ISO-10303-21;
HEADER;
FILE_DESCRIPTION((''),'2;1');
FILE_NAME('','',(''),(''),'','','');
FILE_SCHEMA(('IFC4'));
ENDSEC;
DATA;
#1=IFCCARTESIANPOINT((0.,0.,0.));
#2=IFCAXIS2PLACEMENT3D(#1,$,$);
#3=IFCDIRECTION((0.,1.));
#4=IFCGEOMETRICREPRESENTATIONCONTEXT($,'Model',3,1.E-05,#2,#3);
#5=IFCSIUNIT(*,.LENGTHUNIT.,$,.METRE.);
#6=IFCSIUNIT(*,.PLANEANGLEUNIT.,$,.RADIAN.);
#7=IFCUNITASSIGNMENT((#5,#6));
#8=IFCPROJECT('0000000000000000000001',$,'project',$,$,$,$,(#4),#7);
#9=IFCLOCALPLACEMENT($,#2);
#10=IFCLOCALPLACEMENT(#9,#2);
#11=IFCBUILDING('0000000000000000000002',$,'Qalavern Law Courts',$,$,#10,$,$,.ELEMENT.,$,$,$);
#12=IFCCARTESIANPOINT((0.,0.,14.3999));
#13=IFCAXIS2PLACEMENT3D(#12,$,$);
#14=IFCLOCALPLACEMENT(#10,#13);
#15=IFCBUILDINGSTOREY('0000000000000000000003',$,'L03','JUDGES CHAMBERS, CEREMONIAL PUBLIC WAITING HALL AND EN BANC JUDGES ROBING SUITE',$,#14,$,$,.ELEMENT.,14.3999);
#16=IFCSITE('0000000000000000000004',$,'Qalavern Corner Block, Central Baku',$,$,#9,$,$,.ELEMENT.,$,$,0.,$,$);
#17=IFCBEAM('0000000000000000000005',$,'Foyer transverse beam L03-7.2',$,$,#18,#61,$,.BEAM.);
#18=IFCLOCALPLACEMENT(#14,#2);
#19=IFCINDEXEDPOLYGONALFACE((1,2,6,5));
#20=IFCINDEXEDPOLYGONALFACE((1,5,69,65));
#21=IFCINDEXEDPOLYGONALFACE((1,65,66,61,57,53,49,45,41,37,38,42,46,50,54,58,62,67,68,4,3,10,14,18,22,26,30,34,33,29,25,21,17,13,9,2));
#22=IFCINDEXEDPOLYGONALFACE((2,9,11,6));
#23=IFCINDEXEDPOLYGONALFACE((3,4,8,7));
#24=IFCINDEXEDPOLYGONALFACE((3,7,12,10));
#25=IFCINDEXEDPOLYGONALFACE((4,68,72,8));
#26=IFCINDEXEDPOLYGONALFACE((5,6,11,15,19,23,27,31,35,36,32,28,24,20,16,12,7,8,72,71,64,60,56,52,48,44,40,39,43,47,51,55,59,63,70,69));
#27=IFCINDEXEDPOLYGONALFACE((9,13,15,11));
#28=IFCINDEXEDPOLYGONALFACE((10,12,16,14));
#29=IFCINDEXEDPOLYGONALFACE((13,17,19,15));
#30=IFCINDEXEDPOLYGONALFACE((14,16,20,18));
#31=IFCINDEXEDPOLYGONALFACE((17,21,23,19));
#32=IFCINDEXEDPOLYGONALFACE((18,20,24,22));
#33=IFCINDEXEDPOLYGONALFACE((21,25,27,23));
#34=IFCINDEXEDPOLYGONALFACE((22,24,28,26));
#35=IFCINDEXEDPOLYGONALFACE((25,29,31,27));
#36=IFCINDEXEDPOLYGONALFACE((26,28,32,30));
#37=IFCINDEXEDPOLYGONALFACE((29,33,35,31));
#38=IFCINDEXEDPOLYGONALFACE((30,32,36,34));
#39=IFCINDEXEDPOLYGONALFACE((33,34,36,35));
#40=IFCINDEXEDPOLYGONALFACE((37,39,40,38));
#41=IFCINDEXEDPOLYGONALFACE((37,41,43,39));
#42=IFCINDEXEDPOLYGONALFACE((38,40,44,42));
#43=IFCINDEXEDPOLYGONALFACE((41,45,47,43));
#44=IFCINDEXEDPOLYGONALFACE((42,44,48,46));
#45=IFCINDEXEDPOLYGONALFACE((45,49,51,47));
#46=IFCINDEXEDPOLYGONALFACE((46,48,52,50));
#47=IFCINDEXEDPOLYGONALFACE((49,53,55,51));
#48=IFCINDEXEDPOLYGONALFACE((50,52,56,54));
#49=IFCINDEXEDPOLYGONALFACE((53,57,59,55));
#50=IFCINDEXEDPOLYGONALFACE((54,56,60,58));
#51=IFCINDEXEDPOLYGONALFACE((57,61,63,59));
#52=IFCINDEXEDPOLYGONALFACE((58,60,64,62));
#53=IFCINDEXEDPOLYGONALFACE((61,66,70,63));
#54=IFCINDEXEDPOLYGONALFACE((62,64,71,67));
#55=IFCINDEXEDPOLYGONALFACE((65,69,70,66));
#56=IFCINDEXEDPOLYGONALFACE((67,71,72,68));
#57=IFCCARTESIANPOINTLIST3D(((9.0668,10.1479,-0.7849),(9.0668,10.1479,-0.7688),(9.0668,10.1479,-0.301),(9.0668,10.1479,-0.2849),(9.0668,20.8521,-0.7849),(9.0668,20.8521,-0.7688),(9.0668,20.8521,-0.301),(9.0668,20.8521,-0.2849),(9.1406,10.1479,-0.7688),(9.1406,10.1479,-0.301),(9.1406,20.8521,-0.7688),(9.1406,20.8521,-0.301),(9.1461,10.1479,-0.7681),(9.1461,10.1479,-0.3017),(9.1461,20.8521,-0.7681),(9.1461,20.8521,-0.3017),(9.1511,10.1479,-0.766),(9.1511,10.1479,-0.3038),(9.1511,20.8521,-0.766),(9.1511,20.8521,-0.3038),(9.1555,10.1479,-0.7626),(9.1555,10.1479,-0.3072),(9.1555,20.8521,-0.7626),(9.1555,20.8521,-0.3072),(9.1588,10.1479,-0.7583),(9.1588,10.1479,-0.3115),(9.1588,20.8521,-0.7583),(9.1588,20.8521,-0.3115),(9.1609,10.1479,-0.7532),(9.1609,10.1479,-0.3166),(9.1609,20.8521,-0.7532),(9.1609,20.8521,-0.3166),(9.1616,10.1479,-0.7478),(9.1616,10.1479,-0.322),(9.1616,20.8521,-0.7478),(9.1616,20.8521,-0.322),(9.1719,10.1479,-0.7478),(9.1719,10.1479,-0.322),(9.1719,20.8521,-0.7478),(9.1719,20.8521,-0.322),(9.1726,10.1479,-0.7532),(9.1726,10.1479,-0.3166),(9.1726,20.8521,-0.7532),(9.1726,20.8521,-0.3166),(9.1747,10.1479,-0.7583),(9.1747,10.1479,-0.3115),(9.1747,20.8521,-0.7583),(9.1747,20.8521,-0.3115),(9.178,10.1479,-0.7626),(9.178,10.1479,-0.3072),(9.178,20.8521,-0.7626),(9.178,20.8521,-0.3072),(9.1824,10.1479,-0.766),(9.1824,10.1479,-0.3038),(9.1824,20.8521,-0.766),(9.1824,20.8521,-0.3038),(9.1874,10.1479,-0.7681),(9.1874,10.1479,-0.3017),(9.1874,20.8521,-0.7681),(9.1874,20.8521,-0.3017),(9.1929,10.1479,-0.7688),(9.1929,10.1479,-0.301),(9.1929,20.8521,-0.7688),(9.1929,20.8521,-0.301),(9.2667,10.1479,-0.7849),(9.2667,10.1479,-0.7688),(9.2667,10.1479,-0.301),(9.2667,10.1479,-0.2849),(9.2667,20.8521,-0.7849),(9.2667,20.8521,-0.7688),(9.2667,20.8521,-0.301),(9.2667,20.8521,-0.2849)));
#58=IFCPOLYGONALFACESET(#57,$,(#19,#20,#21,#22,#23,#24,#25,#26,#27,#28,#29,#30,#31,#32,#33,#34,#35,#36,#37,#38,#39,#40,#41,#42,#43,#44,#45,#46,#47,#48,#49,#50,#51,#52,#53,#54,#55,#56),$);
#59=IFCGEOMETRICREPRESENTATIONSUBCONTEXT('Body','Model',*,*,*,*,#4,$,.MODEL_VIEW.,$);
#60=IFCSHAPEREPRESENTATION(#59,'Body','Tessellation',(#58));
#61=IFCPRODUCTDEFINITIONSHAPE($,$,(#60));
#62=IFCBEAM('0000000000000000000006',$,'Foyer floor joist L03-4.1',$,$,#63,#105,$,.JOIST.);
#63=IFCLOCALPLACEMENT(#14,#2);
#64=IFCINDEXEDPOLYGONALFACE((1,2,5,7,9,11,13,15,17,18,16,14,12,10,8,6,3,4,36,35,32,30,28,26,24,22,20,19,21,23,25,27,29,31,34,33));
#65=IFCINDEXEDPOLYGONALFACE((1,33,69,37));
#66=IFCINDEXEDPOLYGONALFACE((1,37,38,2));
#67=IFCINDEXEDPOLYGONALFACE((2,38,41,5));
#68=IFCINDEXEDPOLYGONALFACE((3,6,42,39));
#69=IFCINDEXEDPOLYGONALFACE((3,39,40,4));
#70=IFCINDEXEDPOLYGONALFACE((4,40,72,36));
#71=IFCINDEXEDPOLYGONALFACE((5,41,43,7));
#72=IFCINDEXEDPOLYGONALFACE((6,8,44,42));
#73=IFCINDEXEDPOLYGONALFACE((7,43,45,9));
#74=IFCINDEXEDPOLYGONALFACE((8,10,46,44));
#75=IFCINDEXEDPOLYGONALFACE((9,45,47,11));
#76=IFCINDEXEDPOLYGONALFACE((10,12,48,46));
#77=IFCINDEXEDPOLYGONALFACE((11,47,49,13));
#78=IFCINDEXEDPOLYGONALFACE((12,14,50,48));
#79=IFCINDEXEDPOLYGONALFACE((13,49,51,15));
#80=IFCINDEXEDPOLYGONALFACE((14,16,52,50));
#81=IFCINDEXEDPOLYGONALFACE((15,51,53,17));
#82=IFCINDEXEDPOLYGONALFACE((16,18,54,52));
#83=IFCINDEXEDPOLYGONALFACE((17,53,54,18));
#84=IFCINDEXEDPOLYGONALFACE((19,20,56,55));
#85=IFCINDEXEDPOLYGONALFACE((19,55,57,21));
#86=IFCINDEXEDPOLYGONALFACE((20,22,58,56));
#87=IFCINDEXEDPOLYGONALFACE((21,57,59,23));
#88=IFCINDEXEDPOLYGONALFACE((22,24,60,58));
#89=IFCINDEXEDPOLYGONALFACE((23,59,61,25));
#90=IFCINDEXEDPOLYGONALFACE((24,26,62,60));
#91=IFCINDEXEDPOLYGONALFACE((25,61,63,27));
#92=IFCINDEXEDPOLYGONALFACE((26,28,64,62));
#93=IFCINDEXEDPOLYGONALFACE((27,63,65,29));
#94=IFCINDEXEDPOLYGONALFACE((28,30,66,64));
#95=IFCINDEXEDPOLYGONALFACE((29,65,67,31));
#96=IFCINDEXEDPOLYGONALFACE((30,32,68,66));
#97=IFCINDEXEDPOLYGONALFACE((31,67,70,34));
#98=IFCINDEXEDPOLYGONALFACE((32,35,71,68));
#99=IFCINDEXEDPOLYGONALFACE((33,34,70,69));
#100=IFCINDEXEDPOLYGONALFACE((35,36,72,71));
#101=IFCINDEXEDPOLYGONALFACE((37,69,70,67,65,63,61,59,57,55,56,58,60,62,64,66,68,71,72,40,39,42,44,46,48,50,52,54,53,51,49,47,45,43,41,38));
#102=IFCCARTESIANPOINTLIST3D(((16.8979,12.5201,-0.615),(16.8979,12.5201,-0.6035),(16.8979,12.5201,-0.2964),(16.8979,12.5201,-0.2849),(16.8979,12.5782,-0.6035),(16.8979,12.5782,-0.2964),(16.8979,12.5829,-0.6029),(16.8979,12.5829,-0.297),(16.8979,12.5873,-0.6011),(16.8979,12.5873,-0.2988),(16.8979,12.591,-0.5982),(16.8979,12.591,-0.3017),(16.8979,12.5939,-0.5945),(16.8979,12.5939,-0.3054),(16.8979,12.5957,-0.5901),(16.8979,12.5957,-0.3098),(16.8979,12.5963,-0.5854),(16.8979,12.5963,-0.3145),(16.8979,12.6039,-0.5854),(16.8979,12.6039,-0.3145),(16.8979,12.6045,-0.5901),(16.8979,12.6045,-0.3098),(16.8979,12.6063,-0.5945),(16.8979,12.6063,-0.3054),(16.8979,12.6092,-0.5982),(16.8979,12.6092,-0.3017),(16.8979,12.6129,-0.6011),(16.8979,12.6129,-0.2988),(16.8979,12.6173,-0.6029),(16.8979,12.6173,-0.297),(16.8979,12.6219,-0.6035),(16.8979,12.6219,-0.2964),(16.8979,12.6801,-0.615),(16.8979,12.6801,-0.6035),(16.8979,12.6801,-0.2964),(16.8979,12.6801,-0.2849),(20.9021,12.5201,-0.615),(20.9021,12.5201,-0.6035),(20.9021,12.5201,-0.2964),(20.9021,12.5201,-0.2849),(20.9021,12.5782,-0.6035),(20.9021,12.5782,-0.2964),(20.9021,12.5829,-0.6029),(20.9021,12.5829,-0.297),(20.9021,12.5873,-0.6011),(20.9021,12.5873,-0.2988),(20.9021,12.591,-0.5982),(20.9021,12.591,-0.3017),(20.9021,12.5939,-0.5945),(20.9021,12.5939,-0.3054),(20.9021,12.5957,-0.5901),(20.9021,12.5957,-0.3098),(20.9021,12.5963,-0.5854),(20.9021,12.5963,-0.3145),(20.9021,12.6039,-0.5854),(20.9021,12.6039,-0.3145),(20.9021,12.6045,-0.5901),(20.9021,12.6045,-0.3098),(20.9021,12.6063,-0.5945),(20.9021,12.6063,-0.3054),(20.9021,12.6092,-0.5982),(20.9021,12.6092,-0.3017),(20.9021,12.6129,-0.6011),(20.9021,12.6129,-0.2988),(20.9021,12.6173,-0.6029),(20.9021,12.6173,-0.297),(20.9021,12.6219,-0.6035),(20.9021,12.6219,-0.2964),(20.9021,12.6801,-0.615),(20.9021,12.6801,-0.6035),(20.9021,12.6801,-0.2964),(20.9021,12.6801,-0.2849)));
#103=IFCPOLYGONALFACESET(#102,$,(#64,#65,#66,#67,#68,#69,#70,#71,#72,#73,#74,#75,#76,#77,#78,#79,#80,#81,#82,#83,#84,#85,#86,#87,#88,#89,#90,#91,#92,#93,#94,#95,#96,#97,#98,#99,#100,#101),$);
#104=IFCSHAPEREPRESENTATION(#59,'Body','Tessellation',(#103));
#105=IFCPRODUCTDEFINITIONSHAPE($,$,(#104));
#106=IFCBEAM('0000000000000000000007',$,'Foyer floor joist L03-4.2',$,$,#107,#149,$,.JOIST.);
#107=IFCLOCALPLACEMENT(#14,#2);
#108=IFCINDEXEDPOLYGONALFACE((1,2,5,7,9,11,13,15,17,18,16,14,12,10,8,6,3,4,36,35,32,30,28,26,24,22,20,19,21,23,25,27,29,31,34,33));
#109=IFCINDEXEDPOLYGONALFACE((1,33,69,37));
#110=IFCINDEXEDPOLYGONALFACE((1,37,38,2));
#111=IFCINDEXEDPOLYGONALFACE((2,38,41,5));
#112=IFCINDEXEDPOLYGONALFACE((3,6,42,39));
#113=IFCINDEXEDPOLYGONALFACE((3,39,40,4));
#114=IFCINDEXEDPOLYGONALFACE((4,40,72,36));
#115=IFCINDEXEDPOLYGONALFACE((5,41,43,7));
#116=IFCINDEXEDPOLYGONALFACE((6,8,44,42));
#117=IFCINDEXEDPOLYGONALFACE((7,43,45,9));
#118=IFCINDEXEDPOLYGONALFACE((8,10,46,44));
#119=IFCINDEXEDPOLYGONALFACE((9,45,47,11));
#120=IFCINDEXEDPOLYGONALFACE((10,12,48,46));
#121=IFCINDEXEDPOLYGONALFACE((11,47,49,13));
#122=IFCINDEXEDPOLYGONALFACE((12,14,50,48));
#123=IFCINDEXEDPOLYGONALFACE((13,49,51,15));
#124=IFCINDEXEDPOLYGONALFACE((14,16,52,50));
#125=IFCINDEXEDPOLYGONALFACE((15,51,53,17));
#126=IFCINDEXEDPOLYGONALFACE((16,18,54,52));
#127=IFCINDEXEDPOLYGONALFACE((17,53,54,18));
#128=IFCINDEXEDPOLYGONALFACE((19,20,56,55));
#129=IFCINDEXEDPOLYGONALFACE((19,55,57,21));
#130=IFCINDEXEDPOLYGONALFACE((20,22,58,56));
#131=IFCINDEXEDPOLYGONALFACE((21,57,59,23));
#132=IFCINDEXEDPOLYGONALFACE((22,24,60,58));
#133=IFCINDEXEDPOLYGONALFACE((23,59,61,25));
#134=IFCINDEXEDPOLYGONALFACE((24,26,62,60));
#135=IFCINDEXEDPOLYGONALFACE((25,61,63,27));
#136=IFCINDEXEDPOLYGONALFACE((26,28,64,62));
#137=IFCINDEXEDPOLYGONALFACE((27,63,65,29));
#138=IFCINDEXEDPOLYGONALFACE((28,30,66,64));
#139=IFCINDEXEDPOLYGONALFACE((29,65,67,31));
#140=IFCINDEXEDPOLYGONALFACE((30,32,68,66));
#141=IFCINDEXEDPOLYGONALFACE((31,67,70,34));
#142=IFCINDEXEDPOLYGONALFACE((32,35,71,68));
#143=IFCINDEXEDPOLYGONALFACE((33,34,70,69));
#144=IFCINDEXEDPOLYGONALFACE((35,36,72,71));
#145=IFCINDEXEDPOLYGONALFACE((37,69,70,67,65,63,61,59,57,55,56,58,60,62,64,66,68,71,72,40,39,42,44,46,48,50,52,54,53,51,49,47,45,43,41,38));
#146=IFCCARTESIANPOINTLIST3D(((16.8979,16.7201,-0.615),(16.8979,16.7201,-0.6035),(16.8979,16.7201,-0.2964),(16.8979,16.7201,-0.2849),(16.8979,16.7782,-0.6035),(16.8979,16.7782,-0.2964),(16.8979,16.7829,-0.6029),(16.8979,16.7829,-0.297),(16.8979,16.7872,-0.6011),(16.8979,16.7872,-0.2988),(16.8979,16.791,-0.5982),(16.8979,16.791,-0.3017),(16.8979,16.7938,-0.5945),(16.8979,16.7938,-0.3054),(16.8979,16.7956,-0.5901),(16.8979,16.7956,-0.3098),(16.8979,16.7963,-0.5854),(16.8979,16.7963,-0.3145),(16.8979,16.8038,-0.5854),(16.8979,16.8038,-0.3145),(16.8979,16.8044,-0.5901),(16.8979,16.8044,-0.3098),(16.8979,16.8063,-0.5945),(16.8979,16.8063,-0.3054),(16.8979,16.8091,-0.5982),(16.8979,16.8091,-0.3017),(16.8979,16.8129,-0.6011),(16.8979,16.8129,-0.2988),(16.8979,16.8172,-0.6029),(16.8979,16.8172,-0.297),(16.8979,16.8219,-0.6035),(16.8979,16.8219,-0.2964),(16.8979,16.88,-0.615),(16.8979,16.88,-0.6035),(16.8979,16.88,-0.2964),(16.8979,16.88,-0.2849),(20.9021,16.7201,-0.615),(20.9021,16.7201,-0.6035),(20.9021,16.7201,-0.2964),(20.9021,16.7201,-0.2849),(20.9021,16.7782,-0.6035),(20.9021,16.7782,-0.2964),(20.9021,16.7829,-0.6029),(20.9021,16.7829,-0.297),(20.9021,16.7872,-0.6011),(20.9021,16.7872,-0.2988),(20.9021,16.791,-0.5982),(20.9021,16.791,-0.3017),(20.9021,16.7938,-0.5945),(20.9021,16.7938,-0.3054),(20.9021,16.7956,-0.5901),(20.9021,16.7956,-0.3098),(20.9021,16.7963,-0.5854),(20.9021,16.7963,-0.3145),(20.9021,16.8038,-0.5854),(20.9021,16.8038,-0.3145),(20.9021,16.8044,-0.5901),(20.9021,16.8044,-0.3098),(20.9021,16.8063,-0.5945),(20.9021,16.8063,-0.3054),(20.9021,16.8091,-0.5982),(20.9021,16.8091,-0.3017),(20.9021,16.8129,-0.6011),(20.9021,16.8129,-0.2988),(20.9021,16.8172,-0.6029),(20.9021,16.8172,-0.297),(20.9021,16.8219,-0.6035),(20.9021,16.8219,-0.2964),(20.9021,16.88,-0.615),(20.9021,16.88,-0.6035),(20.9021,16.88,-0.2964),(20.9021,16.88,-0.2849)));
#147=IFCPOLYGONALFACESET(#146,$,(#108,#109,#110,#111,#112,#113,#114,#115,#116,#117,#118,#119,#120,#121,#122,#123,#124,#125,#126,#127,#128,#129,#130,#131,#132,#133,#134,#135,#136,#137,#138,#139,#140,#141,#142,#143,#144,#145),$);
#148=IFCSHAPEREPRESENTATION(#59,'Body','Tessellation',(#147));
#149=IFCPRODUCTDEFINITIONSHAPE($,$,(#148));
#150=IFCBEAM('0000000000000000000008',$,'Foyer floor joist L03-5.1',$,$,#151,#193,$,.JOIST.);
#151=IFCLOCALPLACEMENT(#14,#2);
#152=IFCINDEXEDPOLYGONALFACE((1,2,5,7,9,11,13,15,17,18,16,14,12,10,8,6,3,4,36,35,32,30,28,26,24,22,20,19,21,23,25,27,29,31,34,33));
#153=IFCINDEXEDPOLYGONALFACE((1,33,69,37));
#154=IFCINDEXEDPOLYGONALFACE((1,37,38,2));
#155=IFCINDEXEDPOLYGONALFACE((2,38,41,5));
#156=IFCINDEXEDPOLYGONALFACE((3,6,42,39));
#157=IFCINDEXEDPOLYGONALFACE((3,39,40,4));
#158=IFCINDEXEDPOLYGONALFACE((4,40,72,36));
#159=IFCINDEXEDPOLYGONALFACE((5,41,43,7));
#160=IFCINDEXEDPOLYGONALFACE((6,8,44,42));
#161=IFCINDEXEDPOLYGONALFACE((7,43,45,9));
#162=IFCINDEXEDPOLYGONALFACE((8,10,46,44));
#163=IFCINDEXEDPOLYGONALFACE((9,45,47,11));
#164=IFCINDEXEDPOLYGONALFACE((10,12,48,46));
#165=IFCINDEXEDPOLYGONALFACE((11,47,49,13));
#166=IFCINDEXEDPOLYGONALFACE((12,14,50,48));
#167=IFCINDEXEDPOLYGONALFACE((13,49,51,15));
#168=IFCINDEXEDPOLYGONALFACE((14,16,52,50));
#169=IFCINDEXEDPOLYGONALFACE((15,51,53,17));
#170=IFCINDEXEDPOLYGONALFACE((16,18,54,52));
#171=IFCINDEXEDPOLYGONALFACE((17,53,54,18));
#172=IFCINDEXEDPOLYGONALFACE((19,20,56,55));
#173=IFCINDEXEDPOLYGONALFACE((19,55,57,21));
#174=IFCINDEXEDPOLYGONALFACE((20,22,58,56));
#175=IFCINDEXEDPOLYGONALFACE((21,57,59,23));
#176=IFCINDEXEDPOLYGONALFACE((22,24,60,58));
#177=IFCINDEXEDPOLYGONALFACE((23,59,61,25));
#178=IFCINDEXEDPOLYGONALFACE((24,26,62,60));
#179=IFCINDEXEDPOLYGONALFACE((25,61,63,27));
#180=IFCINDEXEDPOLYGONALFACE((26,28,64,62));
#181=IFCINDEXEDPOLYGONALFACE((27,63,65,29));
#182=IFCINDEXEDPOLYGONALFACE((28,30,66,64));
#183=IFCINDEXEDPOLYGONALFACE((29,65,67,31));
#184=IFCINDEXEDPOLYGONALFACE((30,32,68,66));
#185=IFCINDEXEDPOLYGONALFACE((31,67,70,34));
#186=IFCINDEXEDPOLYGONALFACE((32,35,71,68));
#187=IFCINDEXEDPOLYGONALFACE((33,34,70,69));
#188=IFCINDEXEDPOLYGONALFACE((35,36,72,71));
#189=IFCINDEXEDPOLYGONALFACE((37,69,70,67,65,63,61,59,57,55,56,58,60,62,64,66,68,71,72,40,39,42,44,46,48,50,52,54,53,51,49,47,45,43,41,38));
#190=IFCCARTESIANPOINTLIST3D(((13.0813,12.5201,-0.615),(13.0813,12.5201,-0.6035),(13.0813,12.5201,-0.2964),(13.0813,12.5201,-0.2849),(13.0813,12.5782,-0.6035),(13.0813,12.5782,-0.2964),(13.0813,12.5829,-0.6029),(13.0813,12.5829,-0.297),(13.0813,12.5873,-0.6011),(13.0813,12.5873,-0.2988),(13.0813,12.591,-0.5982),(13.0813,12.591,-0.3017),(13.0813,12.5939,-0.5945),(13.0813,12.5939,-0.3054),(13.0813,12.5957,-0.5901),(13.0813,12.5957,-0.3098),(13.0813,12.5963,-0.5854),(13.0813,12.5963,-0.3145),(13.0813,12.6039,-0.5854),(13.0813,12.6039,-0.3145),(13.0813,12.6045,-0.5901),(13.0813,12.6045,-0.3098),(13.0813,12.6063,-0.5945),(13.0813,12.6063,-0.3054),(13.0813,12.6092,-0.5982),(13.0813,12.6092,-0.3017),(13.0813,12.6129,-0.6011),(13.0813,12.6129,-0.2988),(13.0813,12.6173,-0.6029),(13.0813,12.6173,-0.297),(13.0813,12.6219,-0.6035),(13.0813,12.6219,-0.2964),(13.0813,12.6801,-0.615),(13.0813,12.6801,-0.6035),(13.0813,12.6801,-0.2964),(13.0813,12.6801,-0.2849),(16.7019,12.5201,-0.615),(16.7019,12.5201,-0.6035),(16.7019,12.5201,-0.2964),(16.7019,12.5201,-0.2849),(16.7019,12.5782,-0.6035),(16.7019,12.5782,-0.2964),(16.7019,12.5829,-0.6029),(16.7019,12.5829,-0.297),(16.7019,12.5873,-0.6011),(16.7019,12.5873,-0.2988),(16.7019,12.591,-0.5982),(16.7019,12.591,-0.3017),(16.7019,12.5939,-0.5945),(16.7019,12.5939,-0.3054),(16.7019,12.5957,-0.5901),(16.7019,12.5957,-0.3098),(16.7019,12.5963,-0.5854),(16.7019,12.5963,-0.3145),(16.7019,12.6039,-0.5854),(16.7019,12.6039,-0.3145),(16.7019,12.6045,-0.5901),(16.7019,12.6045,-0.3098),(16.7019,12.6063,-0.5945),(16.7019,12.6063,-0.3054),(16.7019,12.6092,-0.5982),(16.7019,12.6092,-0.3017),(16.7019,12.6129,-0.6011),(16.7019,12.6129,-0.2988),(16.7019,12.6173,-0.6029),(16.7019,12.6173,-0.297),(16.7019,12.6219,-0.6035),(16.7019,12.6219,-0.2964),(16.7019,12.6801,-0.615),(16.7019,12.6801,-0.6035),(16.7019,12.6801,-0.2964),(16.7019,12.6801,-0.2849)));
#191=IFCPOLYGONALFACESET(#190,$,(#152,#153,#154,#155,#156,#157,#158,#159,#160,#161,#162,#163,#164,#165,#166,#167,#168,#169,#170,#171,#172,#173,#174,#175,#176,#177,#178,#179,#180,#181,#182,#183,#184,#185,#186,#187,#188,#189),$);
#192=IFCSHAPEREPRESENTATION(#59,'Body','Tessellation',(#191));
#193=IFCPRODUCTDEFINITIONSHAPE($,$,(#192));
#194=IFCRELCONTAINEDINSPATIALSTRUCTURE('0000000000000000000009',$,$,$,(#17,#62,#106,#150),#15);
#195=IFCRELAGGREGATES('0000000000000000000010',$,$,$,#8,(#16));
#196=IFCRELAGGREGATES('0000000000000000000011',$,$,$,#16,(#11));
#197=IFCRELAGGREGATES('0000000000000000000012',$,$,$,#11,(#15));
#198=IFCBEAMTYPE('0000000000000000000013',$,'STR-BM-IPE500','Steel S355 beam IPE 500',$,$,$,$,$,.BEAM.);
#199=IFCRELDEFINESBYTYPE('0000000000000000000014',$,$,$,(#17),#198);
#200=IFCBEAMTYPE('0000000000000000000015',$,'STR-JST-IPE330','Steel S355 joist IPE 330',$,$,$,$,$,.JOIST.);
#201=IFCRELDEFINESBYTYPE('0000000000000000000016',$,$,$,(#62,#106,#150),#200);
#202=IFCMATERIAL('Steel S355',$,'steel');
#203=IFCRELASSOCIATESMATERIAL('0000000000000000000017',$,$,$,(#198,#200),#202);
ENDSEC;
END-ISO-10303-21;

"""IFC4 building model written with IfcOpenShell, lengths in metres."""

from ifc_helpers import new_model, si_unit, direction, frame, origin, origin_2d, place, context, subcontext, project, spatial, i_section, extrude, material, material_profile, profile_set, type_object, element, save


model = new_model("IFC4")

# Units and contexts
model_context = context("Model", 3, precision=1e-05, world=origin(), true_north=direction((0.0, 1.0)))
body_context = subcontext(model_context, "Body", "Model", "MODEL_VIEW")
ifc_project = project(units=[si_unit("LENGTHUNIT", "METRE"), si_unit("PLANEANGLEUNIT", "RADIAN")], contexts=[model_context])

# Site, building, storey
site_placement = place(None, origin())
site = spatial("IfcSite", under=ifc_project, at=site_placement, Name="Qalavern Corner Block, Central Baku", CompositionType="ELEMENT", RefElevation=0.0)
building_placement = place(site_placement, origin())
building = spatial("IfcBuilding", under=site, at=building_placement, Name="Qalavern Law Courts", CompositionType="ELEMENT")
storey_placement = place(building_placement, frame((0.0, 0.0, 14.3999)))
storey = spatial("IfcBuildingStorey", under=building, at=storey_placement, Name="L03", Description="JUDGES CHAMBERS, CEREMONIAL PUBLIC WAITING HALL AND EN BANC JUDGES ROBING SUITE", CompositionType="ELEMENT", Elevation=14.3999)

# Beams
ifc_material_1 = material(Name="Steel S355", Category="steel")
ifc_material_profile_1 = material_profile(ifc_material_1, i_section(OverallWidth=0.2, OverallDepth=0.5, WebThickness=0.0103, FlangeThickness=0.0161, FilletRadius=0.021, at=origin_2d()), Name="IPE 500")
ifc_profile_set_1 = profile_set([ifc_material_profile_1], Name="Steel S355")
beam_type_1 = type_object("IfcBeamType", Name="STR-BM-IPE500", Description="Steel S355 beam IPE 500", PredefinedType="BEAM", material=ifc_profile_set_1)
for number, where, z_axis, x_axis, name in (
    (1, (9.1667, 10.1479, -0.5349), (0.0, 1.0, 0.0), (-1.0, 0.0, 0.0), "Foyer transverse beam L03-7.2"),
):
    element("IfcBeam", number, at=place(storey_placement, frame(where, z_axis=z_axis, x_axis=x_axis)), inside=storey, type_object=beam_type_1, Name=name, PredefinedType="BEAM", context=body_context, shape_type="SweptSolid", body=[
        extrude(i_section(OverallWidth=0.2, OverallDepth=0.5, WebThickness=0.0103, FlangeThickness=0.0161, FilletRadius=0.021, at=origin_2d()), origin(), (0.0, 0.0, 1.0), 10.7041),
    ])
ifc_material_profile_2 = material_profile(ifc_material_1, i_section(OverallWidth=0.1599, OverallDepth=0.3301, WebThickness=0.0076, FlangeThickness=0.0115, FilletRadius=0.0181, at=origin_2d()), Name="IPE 330")
ifc_profile_set_2 = profile_set([ifc_material_profile_2], Name="Steel S355")
beam_type_2 = type_object("IfcBeamType", Name="STR-JST-IPE330", Description="Steel S355 joist IPE 330", PredefinedType="JOIST", material=ifc_profile_set_2)
for number, where, z_axis, x_axis, name in (
    (2, (16.8979, 12.6001, -0.45), (1.0, 0.0, 0.0), (0.0, 1.0, 0.0), "Foyer floor joist L03-4.1"),
    (3, (16.8979, 16.8, -0.45), (1.0, 0.0, 0.0), (0.0, 1.0, 0.0), "Foyer floor joist L03-4.2"),
):
    element("IfcBeam", number, at=place(storey_placement, frame(where, z_axis=z_axis, x_axis=x_axis)), inside=storey, type_object=beam_type_2, Name=name, PredefinedType="JOIST", context=body_context, shape_type="SweptSolid", body=[
        extrude(i_section(OverallWidth=0.1599, OverallDepth=0.3301, WebThickness=0.0076, FlangeThickness=0.0115, FilletRadius=0.0181, at=origin_2d()), origin(), (0.0, 0.0, 1.0), 4.0042),
    ])
for number, where, z_axis, x_axis, name in (
    (4, (13.0813, 12.6001, -0.45), (1.0, 0.0, 0.0), (0.0, 1.0, 0.0), "Foyer floor joist L03-5.1"),
):
    element("IfcBeam", number, at=place(storey_placement, frame(where, z_axis=z_axis, x_axis=x_axis)), inside=storey, type_object=beam_type_2, Name=name, PredefinedType="JOIST", context=body_context, shape_type="SweptSolid", body=[
        extrude(i_section(OverallWidth=0.1599, OverallDepth=0.3301, WebThickness=0.0076, FlangeThickness=0.0115, FilletRadius=0.0181, at=origin_2d()), origin(), (0.0, 0.0, 1.0), 3.6206),
    ])

save(model, "model.ifc")
